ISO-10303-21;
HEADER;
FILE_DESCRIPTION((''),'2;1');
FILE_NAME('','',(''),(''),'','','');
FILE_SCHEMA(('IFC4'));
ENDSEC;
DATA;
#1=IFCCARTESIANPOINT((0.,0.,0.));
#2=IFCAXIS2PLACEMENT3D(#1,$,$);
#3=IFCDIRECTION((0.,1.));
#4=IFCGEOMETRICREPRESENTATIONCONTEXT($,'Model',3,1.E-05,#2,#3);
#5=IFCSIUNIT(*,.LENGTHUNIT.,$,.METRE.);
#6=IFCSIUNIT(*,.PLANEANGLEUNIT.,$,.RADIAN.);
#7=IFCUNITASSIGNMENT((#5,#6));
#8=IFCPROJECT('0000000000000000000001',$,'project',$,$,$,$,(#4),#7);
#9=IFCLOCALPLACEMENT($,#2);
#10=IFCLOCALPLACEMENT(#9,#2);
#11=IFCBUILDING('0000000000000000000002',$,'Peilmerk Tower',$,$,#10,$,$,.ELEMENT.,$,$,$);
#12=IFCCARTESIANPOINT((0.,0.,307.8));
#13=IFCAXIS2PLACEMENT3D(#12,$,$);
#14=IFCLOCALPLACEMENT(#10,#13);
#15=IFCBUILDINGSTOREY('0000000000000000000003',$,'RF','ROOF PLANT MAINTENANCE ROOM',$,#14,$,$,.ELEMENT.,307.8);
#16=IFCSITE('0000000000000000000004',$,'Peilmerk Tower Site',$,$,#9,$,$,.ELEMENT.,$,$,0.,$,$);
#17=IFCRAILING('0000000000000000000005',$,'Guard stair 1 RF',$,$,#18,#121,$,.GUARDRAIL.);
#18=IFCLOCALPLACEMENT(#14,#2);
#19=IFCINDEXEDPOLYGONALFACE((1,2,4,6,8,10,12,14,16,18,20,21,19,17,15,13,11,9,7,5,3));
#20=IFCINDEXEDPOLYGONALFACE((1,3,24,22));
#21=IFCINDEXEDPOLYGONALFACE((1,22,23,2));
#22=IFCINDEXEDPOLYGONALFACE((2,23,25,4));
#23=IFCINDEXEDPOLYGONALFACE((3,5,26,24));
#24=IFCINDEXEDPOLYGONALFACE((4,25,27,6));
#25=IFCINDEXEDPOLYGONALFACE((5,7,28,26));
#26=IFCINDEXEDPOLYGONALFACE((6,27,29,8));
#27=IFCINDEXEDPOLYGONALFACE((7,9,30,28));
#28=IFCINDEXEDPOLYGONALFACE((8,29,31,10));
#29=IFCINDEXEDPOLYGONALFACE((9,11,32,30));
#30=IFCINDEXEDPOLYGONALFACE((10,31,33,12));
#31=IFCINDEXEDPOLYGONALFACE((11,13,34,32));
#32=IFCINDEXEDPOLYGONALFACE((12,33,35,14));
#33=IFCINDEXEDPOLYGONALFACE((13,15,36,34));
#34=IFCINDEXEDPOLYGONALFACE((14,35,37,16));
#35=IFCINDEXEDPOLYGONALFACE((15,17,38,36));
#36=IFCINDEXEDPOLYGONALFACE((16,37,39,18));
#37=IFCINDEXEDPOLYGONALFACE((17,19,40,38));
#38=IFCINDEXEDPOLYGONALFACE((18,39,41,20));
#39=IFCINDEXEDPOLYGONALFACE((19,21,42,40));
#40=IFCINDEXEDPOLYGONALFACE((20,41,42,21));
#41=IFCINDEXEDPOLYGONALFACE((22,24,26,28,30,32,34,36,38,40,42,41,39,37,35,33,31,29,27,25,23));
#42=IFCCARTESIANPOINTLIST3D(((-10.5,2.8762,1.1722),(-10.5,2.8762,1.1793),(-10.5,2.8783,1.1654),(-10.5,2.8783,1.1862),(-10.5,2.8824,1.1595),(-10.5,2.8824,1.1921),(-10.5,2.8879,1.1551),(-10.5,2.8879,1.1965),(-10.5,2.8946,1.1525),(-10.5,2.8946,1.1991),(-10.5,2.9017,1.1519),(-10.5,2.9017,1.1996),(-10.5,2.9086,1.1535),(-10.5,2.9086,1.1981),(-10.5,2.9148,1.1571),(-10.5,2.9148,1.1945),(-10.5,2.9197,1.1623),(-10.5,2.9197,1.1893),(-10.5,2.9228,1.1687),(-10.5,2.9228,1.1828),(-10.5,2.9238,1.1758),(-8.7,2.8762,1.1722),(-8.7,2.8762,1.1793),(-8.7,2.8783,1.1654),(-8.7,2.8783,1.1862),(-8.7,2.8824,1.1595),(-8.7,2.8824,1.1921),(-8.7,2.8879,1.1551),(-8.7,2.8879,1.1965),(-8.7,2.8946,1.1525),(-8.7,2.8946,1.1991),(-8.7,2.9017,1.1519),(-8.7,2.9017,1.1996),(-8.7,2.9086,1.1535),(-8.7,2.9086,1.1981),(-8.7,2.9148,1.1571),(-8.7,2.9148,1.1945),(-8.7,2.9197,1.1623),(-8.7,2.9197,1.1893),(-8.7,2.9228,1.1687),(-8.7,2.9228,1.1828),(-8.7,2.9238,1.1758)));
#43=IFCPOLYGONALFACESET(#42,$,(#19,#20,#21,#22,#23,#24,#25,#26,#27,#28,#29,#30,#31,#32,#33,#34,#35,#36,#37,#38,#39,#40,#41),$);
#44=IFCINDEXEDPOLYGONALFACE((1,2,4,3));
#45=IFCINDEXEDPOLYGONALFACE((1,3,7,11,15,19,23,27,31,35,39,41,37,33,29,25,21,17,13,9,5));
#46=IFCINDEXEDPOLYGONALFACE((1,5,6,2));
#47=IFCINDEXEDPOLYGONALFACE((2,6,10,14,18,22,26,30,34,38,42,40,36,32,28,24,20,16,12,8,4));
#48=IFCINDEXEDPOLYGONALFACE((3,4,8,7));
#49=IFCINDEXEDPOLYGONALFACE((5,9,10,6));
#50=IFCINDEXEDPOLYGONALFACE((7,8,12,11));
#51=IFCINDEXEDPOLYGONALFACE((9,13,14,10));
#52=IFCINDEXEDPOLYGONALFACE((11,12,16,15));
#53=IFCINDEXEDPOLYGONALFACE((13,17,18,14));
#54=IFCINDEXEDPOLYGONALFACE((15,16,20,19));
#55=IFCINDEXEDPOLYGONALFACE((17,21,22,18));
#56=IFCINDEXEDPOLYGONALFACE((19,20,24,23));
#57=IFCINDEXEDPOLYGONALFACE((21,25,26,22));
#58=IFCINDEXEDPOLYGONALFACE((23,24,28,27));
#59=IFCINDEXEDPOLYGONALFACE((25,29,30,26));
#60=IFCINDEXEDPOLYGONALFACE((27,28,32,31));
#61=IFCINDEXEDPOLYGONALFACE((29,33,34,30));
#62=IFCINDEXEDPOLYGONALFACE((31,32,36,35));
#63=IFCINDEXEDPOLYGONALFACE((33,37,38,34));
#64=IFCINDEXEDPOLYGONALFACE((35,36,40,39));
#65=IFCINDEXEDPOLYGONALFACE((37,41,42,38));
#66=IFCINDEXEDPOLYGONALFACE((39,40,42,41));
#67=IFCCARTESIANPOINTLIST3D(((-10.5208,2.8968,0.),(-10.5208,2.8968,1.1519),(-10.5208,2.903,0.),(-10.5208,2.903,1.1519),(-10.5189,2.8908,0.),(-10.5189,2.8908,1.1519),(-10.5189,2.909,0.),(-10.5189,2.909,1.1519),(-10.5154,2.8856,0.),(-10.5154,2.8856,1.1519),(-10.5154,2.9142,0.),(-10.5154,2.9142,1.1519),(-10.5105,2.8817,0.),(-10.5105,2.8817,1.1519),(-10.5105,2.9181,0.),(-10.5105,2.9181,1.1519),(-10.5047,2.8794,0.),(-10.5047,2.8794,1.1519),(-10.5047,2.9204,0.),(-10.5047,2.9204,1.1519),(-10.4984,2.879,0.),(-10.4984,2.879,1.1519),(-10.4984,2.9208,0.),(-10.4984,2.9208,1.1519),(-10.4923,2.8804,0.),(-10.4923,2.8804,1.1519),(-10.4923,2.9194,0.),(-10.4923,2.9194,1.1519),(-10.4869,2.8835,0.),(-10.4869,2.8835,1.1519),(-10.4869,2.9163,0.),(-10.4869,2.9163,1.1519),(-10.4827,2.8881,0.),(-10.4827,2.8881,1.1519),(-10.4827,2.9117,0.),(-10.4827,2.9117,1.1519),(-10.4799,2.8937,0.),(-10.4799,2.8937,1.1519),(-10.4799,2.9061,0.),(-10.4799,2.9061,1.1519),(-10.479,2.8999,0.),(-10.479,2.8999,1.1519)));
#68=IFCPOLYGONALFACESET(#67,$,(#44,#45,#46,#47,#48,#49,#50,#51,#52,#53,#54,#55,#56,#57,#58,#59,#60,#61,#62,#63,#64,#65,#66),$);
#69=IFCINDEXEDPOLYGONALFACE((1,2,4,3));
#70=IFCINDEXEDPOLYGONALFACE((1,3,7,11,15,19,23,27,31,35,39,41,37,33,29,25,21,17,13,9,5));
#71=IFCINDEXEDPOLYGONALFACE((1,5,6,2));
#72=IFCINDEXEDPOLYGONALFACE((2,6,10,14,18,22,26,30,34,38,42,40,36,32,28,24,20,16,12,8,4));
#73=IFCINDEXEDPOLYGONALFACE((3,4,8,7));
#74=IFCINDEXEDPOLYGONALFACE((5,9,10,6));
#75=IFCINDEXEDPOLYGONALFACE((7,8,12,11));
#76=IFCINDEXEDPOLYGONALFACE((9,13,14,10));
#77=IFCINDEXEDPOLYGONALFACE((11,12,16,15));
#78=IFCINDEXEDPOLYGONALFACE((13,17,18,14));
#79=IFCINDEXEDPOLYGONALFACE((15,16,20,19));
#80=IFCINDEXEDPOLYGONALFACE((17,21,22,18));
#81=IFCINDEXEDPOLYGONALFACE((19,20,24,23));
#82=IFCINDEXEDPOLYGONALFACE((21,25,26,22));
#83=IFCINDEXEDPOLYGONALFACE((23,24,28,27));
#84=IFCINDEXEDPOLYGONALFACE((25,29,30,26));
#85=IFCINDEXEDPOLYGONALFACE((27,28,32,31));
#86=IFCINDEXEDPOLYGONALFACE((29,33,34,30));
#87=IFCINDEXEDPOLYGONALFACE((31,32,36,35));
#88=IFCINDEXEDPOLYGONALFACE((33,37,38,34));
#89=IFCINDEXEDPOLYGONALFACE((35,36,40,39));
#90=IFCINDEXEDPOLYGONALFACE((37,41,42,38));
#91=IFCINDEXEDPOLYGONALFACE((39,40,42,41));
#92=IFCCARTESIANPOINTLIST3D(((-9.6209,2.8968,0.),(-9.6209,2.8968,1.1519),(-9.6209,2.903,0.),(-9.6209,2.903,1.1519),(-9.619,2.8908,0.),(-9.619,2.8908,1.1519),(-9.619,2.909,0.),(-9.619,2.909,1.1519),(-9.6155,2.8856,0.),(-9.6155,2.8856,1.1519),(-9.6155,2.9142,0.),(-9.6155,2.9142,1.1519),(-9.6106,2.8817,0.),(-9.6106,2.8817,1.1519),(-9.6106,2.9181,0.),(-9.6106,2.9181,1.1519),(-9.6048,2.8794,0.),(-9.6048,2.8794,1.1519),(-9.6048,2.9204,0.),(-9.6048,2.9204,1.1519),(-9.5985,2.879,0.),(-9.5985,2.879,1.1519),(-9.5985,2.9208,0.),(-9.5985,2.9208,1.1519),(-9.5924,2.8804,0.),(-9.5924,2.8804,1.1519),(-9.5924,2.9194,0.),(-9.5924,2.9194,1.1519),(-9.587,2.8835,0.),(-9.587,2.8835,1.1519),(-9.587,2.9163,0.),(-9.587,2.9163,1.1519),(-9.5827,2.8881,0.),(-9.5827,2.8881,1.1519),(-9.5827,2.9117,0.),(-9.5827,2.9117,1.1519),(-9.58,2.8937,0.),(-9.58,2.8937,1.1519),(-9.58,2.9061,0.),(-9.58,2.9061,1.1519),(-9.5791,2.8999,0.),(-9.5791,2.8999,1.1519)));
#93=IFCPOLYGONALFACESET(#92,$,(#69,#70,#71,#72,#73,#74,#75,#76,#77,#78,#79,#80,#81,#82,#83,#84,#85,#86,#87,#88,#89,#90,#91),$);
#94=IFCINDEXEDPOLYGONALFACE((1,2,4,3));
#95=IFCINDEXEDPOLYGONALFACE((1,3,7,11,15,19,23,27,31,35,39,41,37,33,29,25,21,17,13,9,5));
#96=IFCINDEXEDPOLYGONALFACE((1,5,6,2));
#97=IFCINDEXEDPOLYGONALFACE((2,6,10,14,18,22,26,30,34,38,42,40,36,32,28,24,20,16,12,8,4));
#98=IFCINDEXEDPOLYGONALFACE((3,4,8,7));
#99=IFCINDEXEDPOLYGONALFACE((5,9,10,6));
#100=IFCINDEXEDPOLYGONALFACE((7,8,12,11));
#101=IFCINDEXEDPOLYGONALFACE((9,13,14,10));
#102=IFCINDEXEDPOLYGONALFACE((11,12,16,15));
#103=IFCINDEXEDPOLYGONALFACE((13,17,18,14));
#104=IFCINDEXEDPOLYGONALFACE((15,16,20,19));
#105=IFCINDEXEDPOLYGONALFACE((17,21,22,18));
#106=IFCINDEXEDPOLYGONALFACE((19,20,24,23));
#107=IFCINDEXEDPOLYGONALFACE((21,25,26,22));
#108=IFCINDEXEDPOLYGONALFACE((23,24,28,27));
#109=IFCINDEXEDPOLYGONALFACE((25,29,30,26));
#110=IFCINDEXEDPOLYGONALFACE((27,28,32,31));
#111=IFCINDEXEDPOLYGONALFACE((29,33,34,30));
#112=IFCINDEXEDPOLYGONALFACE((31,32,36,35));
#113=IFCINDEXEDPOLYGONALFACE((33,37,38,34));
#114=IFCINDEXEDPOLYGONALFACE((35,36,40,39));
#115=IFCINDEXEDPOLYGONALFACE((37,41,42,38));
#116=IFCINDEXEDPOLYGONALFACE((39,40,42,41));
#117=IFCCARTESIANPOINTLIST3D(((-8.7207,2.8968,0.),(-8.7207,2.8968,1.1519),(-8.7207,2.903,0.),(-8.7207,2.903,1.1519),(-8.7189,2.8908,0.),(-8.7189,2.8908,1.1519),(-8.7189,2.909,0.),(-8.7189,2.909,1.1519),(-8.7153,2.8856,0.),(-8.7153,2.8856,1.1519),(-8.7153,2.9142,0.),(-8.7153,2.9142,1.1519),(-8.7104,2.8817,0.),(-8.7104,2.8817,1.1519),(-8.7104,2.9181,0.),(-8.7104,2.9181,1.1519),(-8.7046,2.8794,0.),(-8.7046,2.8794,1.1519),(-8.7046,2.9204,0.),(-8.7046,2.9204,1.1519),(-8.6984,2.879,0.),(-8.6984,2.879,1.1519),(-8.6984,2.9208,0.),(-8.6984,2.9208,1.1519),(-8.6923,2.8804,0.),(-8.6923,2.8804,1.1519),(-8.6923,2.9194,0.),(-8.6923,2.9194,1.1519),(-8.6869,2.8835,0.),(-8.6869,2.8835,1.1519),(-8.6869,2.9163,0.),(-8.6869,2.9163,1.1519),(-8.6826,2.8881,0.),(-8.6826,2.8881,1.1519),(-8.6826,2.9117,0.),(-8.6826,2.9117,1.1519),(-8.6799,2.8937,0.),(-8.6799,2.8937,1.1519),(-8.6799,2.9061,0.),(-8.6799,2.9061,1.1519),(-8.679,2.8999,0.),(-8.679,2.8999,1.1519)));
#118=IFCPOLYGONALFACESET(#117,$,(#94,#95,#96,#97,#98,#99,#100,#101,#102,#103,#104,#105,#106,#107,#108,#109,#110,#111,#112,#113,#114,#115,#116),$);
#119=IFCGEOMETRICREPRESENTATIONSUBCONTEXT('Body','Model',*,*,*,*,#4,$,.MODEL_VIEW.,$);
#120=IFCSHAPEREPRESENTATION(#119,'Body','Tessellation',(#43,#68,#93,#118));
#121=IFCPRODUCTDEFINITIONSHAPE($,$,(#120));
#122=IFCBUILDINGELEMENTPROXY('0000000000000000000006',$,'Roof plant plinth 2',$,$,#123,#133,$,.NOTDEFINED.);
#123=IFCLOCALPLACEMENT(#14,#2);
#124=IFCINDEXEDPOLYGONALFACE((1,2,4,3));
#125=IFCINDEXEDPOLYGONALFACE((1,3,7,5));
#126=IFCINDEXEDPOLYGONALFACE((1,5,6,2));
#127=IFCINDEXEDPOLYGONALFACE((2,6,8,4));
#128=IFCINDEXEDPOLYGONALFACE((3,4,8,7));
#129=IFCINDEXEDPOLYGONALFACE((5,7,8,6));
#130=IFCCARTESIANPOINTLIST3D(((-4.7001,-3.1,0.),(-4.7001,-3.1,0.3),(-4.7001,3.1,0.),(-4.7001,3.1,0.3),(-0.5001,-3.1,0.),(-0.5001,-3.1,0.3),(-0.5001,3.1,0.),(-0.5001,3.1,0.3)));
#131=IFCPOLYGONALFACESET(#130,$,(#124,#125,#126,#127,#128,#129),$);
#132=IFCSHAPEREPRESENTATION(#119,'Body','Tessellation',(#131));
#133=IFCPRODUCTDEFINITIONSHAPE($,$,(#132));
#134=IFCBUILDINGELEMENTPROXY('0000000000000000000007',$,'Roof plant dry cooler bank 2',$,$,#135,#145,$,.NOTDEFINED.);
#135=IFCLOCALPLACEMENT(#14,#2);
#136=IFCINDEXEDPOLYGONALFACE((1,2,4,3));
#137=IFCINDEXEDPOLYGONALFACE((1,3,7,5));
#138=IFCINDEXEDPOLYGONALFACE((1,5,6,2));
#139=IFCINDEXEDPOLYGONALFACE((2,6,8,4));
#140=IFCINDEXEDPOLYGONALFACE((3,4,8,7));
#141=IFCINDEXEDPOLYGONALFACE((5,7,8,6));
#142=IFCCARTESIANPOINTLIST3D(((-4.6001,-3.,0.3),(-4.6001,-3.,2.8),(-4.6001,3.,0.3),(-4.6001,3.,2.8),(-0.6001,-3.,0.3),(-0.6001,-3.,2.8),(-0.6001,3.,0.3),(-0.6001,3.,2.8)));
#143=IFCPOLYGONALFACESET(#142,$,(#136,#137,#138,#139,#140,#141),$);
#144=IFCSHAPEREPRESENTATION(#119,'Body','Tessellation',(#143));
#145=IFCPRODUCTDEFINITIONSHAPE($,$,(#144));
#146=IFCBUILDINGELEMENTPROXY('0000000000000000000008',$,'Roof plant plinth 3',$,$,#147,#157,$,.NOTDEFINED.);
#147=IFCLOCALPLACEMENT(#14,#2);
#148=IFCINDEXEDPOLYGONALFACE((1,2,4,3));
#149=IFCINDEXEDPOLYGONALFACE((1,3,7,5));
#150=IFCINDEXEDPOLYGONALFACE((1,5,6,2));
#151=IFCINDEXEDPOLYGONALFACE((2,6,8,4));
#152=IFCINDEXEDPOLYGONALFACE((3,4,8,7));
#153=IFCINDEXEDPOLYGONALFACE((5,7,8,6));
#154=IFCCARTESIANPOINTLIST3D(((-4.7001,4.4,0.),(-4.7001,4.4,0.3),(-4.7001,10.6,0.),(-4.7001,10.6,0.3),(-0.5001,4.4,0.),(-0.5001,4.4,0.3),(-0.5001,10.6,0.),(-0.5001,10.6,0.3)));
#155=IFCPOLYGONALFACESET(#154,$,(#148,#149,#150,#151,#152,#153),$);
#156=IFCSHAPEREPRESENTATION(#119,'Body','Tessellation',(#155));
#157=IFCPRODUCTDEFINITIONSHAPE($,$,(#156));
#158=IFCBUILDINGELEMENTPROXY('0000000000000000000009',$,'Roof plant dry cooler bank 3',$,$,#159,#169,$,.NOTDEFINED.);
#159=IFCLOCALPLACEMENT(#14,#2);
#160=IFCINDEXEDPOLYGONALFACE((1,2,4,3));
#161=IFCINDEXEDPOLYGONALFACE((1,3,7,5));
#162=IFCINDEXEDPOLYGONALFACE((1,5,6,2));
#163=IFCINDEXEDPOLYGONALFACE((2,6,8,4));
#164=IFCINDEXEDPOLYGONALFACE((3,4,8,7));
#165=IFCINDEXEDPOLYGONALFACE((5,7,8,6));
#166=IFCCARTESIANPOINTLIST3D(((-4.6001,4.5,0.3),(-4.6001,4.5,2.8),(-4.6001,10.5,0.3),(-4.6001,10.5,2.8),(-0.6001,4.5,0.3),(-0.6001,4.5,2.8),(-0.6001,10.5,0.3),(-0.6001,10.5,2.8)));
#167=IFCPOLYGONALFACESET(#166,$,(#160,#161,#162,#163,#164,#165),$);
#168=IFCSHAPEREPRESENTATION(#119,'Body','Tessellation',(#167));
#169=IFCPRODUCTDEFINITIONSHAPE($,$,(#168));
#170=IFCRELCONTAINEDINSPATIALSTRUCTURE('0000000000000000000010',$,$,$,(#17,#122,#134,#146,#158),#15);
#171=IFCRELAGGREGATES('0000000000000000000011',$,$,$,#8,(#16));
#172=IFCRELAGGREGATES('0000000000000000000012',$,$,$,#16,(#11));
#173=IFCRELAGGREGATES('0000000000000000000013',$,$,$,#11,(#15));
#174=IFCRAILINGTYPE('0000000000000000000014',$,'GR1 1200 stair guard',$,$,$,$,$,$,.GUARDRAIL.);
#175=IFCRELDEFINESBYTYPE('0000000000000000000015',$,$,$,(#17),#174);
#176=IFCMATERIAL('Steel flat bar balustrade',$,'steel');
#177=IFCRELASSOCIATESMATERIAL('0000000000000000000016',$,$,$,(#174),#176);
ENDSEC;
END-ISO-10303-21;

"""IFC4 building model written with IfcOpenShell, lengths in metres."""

from ifc_helpers import new_model, si_unit, direction, frame, origin, origin_2d, place, context, subcontext, project, spatial, rectangle, circle, extrude, material, type_object, element, save


model = new_model("IFC4")

# Units and contexts
model_context = context("Model", 3, precision=1e-05, world=origin(), true_north=direction((0.0, 1.0)))
body_context = subcontext(model_context, "Body", "Model", "MODEL_VIEW")
ifc_project = project(units=[si_unit("LENGTHUNIT", "METRE"), si_unit("PLANEANGLEUNIT", "RADIAN")], contexts=[model_context])

# Site, building, storey
site_placement = place(None, origin())
site = spatial("IfcSite", under=ifc_project, at=site_placement, Name="Peilmerk Tower Site", CompositionType="ELEMENT", RefElevation=0.0)
building_placement = place(site_placement, origin())
building = spatial("IfcBuilding", under=site, at=building_placement, Name="Peilmerk Tower", CompositionType="ELEMENT")
storey_placement = place(building_placement, frame((0.0, 0.0, 307.8)))
storey = spatial("IfcBuildingStorey", under=building, at=storey_placement, Name="RF", Description="ROOF PLANT MAINTENANCE ROOM", CompositionType="ELEMENT", Elevation=307.8)

# Railing
ifc_material_1 = material(Name="Steel flat bar balustrade", Category="steel")
railing_type = type_object("IfcRailingType", Name="GR1 1200 stair guard", PredefinedType="GUARDRAIL", material=ifc_material_1)
railing_placement = place(storey_placement, frame((-10.5, 2.8999, 0.0)))
element("IfcRailing", 1, at=railing_placement, inside=storey, type_object=railing_type, Name="Guard stair 1 RF", PredefinedType="GUARDRAIL", context=body_context, shape_type="SweptSolid", body=[
    extrude(circle(Radius=0.0239, at=origin_2d()), frame((0.0, 0.0, 1.1758), z_axis=(1.0, 0.0, 0.0), x_axis=(0.0, 1.0, 0.0)), (0.0, 0.0, 1.0), 1.8),
    extrude(circle(Radius=0.021, at=origin_2d()), origin(), (0.0, 0.0, 1.0), 1.1519),
    extrude(circle(Radius=0.021, at=origin_2d()), frame((0.8999, 0.0, 0.0)), (0.0, 0.0, 1.0), 1.1519),
    extrude(circle(Radius=0.021, at=origin_2d()), frame((1.8, 0.0, 0.0)), (0.0, 0.0, 1.0), 1.1519),
])

# Building element proxies
proxy_1_placement = place(storey_placement, frame((-2.6001, 0.0, 0.0), z_axis=(0.0, 0.0, 1.0), x_axis=(1.0, 0.0, 0.0)))
element("IfcBuildingElementProxy", 2, at=proxy_1_placement, inside=storey, Name="Roof plant plinth 2", PredefinedType="NOTDEFINED", context=body_context, shape_type="SweptSolid", body=[
    extrude(rectangle(XDim=4.2, YDim=6.2, at=origin_2d()), origin(), (0.0, 0.0, 1.0), 0.3),
])
proxy_2_placement = place(storey_placement, frame((-2.6001, 0.0, 0.3), z_axis=(0.0, 0.0, 1.0), x_axis=(1.0, 0.0, 0.0)))
element("IfcBuildingElementProxy", 3, at=proxy_2_placement, inside=storey, Name="Roof plant dry cooler bank 2", PredefinedType="NOTDEFINED", context=body_context, shape_type="SweptSolid", body=[
    extrude(rectangle(XDim=4.0, YDim=6.0, at=origin_2d()), origin(), (0.0, 0.0, 1.0), 2.5),
])
proxy_3_placement = place(storey_placement, frame((-2.6001, 7.5, 0.0), z_axis=(0.0, 0.0, 1.0), x_axis=(1.0, 0.0, 0.0)))
element("IfcBuildingElementProxy", 4, at=proxy_3_placement, inside=storey, Name="Roof plant plinth 3", PredefinedType="NOTDEFINED", context=body_context, shape_type="SweptSolid", body=[
    extrude(rectangle(XDim=4.2, YDim=6.2, at=origin_2d()), origin(), (0.0, 0.0, 1.0), 0.3),
])
proxy_4_placement = place(storey_placement, frame((-2.6001, 7.5, 0.3), z_axis=(0.0, 0.0, 1.0), x_axis=(1.0, 0.0, 0.0)))
element("IfcBuildingElementProxy", 5, at=proxy_4_placement, inside=storey, Name="Roof plant dry cooler bank 3", PredefinedType="NOTDEFINED", context=body_context, shape_type="SweptSolid", body=[
    extrude(rectangle(XDim=4.0, YDim=6.0, at=origin_2d()), origin(), (0.0, 0.0, 1.0), 2.5),
])

save(model, "model.ifc")
